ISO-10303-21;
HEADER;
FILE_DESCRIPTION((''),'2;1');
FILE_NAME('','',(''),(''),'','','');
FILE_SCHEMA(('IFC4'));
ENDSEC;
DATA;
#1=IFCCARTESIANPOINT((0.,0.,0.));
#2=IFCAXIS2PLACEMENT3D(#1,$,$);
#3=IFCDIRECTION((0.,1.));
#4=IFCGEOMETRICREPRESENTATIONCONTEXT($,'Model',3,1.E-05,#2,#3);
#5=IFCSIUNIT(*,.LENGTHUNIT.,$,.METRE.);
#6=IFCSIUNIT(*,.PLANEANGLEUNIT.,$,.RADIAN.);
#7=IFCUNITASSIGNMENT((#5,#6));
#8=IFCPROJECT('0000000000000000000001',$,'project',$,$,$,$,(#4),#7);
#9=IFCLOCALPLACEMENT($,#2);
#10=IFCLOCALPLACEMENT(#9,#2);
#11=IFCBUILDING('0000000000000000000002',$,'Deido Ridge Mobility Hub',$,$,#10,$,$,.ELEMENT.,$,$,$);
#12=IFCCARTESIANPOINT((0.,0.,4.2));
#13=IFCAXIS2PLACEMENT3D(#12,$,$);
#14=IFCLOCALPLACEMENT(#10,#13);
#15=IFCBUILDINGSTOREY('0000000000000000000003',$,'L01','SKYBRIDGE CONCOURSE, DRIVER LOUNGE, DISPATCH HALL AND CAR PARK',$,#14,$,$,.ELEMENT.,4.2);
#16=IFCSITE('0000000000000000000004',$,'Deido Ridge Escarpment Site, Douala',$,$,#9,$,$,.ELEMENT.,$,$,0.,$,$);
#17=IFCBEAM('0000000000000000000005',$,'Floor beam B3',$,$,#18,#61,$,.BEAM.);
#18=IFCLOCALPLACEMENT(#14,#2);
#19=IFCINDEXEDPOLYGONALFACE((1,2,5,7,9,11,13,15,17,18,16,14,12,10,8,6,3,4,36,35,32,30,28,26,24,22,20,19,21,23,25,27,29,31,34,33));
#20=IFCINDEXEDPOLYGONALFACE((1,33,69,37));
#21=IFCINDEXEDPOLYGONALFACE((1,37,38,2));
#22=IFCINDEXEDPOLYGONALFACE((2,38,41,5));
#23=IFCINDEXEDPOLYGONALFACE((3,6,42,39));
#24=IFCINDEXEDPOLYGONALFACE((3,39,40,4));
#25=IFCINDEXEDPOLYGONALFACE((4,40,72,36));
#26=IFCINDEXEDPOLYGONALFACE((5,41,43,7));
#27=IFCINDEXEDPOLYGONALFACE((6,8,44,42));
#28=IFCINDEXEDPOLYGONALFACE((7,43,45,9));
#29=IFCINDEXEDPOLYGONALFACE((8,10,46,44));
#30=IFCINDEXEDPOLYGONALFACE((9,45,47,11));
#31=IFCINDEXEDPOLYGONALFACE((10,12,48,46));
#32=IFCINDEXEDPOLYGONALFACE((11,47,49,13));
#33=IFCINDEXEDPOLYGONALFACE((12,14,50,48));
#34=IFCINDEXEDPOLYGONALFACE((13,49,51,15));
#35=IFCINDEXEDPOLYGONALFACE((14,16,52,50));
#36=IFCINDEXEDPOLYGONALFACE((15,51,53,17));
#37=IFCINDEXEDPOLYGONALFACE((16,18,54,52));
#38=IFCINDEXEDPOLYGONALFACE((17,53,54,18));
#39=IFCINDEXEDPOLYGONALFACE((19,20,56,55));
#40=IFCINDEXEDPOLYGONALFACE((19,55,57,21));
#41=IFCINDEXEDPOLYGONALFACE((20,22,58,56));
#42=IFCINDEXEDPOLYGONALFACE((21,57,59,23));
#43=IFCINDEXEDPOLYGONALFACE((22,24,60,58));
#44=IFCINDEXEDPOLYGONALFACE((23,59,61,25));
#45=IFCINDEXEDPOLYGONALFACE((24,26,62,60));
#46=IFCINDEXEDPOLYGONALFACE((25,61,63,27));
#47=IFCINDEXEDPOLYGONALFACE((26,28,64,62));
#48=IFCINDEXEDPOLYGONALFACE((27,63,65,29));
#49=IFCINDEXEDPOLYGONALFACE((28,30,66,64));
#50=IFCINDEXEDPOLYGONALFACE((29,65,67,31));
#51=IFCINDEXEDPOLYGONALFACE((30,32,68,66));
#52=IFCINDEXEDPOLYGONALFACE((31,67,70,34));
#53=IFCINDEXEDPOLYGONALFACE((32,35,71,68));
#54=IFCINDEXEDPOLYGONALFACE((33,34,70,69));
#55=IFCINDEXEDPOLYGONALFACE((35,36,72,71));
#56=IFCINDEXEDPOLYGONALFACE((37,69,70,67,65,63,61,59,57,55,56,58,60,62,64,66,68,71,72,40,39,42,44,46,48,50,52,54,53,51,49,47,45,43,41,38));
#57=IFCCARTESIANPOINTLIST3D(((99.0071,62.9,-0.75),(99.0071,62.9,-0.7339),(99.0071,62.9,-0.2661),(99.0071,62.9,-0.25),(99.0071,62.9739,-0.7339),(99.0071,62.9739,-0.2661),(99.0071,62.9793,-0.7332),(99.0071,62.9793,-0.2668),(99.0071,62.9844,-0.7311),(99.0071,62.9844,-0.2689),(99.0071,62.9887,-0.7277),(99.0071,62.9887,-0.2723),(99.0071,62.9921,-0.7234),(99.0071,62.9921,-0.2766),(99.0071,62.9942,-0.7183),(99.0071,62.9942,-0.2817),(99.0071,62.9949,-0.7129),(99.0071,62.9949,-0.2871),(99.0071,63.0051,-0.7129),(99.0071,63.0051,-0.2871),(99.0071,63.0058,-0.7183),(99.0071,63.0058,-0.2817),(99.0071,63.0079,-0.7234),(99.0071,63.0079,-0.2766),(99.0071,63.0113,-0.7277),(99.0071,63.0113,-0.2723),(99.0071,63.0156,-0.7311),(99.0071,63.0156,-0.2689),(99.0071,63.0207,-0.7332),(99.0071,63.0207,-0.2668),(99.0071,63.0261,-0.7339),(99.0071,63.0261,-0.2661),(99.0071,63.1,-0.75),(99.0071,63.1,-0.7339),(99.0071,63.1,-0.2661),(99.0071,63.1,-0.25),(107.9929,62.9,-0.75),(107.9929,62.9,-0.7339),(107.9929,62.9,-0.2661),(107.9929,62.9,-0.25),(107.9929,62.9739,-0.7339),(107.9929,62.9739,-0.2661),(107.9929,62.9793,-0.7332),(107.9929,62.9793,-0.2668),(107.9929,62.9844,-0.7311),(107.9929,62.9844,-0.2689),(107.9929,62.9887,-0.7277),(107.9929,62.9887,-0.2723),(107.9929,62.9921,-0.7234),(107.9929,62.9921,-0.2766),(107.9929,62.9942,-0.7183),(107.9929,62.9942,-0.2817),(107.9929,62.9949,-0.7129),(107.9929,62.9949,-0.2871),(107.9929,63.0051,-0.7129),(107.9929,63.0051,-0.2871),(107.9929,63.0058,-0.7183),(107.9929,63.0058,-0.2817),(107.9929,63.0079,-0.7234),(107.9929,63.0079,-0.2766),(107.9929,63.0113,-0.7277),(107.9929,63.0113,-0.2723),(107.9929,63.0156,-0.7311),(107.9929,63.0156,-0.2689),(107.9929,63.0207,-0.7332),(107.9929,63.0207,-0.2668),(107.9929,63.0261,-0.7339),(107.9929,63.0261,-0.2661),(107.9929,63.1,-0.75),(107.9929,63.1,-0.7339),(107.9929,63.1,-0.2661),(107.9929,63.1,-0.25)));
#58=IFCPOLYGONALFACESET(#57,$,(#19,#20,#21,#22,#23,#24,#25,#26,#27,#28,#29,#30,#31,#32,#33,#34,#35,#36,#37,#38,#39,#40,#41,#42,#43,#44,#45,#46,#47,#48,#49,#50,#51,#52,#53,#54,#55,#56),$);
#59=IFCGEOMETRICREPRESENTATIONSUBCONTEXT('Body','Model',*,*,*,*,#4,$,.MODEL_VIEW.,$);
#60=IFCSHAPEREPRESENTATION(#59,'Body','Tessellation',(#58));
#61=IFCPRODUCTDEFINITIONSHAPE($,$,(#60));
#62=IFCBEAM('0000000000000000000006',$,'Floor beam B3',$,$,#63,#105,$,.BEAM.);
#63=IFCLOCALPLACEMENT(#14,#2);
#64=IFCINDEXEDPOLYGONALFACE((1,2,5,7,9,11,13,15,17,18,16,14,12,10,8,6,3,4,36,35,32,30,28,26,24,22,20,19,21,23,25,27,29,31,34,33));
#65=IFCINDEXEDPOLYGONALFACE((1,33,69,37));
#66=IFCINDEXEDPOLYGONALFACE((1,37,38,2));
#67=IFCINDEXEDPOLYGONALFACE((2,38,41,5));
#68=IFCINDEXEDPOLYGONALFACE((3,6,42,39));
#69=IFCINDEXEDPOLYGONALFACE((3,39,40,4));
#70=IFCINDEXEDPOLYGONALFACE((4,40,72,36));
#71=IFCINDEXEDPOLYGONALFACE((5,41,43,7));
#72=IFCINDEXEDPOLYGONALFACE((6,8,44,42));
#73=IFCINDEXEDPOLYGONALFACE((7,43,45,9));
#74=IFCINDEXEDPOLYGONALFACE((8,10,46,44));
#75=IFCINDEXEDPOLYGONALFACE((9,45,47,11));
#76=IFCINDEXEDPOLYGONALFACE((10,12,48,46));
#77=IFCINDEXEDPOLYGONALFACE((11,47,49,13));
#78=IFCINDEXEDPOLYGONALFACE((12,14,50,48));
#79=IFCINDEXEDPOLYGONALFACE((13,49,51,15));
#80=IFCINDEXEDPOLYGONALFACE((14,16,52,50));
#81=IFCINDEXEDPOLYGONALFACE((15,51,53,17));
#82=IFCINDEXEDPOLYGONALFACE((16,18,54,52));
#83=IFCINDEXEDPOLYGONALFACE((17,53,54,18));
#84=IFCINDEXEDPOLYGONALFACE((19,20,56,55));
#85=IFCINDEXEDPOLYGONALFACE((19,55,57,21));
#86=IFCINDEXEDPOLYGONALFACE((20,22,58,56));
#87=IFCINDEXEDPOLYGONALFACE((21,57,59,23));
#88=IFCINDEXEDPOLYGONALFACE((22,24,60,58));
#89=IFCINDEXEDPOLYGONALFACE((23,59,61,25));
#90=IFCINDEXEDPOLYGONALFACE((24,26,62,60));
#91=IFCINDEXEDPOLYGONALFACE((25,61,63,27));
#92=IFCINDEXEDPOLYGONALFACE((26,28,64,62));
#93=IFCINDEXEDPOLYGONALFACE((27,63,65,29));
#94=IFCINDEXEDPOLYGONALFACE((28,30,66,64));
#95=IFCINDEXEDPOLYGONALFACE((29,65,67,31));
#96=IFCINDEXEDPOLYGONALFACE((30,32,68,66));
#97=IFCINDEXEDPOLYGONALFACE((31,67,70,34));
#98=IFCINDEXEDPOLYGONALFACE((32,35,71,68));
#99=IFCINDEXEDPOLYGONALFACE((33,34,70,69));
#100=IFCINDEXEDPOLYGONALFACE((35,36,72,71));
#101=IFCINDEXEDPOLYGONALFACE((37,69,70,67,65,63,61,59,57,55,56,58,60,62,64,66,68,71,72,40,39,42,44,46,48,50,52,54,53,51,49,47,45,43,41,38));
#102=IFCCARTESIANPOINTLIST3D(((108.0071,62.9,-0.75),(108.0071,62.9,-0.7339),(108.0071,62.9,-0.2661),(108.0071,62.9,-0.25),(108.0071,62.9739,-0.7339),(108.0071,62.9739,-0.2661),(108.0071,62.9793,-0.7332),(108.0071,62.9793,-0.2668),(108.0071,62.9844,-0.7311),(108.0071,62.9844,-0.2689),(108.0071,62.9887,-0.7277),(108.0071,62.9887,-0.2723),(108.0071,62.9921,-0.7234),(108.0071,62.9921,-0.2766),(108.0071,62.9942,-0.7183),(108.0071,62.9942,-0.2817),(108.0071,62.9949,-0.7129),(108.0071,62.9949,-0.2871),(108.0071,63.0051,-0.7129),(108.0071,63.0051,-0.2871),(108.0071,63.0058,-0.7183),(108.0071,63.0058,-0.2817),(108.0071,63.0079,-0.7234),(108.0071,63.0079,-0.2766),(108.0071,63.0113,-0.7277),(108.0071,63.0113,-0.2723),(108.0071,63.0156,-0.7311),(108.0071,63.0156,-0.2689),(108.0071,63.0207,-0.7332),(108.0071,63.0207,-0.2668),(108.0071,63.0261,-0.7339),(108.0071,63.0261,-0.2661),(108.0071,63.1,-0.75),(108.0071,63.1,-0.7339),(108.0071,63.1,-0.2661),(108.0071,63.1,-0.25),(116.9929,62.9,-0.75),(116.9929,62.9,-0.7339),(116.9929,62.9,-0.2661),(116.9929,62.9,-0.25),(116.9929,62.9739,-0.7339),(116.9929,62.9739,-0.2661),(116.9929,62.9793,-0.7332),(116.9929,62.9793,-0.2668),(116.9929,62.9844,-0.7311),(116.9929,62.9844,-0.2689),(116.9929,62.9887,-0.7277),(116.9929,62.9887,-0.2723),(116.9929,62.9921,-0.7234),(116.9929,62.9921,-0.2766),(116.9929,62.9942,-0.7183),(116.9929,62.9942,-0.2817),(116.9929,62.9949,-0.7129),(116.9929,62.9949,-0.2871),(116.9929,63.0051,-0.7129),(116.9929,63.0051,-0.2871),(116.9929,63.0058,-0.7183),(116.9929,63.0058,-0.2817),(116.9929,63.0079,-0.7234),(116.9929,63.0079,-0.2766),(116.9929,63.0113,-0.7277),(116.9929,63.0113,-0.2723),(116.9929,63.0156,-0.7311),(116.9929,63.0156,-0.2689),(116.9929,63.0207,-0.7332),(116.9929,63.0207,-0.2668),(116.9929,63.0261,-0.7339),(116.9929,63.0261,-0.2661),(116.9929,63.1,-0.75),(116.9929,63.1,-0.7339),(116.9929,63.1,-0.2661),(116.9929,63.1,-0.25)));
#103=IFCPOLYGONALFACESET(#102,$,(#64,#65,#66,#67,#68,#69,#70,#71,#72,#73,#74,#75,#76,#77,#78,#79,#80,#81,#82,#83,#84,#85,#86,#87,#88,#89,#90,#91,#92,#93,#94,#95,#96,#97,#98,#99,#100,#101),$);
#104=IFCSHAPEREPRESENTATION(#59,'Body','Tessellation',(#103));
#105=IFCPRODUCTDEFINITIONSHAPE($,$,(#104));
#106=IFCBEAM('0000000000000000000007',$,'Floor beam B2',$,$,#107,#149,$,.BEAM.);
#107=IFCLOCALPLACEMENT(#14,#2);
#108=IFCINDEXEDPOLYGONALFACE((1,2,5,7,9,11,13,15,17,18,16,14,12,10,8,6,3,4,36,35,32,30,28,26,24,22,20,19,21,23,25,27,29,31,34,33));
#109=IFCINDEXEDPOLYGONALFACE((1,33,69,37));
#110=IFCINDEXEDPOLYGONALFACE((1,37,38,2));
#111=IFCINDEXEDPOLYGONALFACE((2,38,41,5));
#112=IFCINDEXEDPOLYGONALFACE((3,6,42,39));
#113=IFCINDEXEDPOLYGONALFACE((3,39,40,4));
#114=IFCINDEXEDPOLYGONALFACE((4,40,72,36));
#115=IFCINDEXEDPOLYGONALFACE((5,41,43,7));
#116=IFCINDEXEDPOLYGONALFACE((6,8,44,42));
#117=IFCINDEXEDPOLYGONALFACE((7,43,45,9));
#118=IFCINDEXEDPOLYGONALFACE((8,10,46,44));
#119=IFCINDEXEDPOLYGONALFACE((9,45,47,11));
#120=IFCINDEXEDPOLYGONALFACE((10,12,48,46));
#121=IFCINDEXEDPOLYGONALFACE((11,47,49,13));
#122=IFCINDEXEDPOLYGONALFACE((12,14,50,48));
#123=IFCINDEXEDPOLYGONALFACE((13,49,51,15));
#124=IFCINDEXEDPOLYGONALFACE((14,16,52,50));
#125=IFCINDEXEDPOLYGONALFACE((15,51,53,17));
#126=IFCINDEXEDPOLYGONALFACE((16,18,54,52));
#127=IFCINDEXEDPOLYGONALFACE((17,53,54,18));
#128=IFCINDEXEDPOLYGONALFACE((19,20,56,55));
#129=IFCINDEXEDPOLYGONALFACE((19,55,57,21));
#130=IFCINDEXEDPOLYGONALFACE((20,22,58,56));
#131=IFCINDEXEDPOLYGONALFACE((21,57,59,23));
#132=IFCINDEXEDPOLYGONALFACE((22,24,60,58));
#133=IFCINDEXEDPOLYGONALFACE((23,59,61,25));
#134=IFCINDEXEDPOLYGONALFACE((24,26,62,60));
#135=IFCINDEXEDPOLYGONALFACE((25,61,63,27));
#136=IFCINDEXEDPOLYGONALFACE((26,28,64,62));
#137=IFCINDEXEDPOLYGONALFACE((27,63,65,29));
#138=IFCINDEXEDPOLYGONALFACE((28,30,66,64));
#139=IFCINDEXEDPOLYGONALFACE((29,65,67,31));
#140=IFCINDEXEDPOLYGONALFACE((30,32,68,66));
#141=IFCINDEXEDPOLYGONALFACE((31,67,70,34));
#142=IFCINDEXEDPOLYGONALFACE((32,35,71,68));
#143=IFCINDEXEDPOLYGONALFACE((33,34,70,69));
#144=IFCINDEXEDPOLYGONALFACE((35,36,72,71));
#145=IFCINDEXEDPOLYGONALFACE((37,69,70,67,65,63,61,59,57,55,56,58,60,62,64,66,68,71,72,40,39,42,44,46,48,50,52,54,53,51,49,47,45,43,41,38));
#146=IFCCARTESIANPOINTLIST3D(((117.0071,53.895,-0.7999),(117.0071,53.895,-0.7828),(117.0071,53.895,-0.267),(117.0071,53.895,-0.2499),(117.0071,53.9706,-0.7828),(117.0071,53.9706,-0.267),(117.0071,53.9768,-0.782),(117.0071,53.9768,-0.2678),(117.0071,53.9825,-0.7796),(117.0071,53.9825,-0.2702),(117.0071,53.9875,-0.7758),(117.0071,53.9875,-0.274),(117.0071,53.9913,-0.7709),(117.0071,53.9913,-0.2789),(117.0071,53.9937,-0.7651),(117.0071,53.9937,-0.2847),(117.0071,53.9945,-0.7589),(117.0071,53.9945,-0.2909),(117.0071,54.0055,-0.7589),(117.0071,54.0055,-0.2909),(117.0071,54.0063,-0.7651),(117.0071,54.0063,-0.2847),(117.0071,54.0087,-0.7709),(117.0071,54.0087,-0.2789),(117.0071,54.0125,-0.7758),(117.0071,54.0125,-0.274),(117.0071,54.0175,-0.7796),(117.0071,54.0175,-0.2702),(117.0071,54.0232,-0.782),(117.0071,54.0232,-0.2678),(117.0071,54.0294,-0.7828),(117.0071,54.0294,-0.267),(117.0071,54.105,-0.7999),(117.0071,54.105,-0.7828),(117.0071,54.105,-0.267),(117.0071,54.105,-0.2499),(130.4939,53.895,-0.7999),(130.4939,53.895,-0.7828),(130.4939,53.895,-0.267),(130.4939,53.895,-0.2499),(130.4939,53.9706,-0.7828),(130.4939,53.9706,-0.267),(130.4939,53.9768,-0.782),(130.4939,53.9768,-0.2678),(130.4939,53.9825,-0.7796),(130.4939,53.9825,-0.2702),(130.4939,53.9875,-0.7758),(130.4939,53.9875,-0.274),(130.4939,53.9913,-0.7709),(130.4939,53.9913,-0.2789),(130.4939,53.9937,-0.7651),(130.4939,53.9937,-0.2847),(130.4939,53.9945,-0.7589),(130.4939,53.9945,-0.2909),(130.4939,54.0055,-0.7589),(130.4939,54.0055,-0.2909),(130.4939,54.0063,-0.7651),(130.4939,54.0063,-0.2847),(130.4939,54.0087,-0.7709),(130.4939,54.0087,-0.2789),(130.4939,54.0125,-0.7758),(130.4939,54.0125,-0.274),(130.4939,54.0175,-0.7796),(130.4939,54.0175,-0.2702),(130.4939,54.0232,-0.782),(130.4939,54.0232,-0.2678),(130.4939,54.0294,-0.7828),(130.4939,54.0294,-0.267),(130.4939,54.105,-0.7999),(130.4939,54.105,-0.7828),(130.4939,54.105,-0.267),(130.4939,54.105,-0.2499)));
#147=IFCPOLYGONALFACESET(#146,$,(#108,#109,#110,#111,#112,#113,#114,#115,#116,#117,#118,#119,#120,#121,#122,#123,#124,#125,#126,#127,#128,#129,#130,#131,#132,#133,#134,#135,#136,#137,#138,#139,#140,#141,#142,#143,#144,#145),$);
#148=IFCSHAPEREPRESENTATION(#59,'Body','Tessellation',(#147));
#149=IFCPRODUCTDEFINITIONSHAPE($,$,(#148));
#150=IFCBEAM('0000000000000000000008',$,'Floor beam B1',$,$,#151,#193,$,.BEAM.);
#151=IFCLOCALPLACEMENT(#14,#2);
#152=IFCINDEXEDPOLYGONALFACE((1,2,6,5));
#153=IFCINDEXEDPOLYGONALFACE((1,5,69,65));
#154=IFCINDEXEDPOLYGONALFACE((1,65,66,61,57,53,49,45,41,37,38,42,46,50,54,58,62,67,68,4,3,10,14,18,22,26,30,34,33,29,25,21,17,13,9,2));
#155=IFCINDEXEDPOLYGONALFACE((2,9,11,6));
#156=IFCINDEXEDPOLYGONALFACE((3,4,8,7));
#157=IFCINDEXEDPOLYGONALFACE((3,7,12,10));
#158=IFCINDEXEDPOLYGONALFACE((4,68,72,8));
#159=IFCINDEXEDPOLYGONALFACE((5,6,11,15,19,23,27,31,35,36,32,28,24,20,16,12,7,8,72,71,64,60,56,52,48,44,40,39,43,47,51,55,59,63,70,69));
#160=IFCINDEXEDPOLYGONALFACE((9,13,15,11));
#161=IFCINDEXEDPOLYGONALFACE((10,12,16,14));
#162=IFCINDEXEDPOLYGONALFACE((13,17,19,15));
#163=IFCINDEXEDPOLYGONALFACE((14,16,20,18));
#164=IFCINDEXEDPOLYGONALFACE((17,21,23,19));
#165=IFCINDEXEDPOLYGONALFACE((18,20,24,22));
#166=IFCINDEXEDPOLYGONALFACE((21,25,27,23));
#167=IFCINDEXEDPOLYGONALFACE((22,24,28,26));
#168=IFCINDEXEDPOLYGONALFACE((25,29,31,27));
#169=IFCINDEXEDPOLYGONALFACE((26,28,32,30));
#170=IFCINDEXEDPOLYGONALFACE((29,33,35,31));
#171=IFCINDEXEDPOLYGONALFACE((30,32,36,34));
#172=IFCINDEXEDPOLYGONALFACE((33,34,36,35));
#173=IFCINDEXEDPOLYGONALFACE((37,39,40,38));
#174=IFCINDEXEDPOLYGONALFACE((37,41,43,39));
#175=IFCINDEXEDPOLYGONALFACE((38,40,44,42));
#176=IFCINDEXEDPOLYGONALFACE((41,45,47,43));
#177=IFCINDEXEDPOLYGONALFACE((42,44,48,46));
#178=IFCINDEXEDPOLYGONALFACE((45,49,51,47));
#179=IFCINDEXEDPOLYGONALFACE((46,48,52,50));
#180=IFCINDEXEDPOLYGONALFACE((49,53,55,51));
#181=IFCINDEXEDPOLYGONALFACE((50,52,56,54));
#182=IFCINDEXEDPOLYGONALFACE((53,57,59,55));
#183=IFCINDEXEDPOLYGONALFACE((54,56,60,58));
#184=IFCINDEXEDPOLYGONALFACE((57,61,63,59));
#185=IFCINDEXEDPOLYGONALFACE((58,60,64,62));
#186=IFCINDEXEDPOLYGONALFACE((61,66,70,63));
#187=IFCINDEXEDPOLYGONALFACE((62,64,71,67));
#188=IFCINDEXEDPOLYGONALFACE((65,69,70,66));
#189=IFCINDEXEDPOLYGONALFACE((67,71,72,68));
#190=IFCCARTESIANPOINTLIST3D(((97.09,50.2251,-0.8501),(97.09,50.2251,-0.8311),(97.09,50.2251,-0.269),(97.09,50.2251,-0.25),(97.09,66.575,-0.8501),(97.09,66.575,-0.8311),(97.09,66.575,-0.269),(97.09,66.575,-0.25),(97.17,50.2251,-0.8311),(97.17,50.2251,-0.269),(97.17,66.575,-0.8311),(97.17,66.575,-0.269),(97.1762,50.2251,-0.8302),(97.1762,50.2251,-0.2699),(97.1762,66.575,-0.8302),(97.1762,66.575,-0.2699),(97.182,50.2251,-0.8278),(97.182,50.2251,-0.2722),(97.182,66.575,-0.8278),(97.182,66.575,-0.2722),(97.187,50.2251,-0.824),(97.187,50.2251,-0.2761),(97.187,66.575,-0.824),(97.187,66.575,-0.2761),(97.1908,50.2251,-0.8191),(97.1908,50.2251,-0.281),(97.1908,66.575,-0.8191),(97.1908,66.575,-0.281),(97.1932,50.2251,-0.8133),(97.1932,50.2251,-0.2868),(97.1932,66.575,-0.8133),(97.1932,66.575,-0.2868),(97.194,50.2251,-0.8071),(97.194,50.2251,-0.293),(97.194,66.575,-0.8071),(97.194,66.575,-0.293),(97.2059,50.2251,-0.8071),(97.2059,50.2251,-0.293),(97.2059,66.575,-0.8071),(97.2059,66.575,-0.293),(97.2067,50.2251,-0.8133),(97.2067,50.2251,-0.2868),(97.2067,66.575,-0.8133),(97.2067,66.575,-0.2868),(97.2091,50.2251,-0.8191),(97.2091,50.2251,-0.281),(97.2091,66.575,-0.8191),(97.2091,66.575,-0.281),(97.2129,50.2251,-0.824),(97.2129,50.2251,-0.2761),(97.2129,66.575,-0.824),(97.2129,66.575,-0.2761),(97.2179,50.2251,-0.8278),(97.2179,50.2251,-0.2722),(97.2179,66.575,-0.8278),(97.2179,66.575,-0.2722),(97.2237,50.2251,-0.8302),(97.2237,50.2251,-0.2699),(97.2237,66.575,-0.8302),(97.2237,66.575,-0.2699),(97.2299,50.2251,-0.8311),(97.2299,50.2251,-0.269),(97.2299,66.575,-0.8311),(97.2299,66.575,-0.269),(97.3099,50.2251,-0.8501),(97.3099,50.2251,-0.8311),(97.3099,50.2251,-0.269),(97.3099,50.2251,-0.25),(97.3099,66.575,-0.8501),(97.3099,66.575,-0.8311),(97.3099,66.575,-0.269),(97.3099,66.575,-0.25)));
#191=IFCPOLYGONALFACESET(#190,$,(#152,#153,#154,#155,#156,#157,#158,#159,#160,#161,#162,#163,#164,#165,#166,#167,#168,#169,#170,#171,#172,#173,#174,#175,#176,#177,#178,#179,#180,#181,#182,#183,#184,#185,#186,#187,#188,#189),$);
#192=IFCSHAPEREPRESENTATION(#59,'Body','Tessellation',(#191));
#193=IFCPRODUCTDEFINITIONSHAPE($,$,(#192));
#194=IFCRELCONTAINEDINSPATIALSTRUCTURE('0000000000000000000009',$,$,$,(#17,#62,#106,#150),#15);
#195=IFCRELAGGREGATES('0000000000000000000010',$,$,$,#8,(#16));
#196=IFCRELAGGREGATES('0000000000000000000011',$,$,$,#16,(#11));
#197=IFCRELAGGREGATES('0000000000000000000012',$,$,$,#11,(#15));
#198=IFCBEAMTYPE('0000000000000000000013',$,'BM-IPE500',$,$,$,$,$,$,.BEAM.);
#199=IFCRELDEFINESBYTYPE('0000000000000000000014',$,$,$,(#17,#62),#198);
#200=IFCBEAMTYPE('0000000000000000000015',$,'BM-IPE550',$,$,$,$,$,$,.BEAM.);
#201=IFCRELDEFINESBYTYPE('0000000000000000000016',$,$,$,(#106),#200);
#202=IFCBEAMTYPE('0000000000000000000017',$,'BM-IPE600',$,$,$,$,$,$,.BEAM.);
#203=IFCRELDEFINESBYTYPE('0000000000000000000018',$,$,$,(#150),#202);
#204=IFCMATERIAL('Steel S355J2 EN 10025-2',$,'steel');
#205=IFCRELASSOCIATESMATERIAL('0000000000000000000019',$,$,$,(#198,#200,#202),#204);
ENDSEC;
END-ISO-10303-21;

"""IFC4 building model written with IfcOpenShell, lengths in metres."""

from ifc_helpers import new_model, si_unit, direction, frame, origin, origin_2d, place, context, subcontext, project, spatial, i_section, extrude, material, material_profile, profile_set, type_object, element, save


model = new_model("IFC4")

# Units and contexts
model_context = context("Model", 3, precision=1e-05, world=origin(), true_north=direction((0.0, 1.0)))
body_context = subcontext(model_context, "Body", "Model", "MODEL_VIEW")
ifc_project = project(units=[si_unit("LENGTHUNIT", "METRE"), si_unit("PLANEANGLEUNIT", "RADIAN")], contexts=[model_context])

# Site, building, storey
site_placement = place(None, origin())
site = spatial("IfcSite", under=ifc_project, at=site_placement, Name="Deido Ridge Escarpment Site, Douala", CompositionType="ELEMENT", RefElevation=0.0)
building_placement = place(site_placement, origin())
building = spatial("IfcBuilding", under=site, at=building_placement, Name="Deido Ridge Mobility Hub", CompositionType="ELEMENT")
storey_placement = place(building_placement, frame((0.0, 0.0, 4.2)))
storey = spatial("IfcBuildingStorey", under=building, at=storey_placement, Name="L01", Description="SKYBRIDGE CONCOURSE, DRIVER LOUNGE, DISPATCH HALL AND CAR PARK", CompositionType="ELEMENT", Elevation=4.2)

# Shared definitions
ifc_material_1 = material(Name="Steel S355J2 EN 10025-2", Category="steel")

# Beams
ifc_material_profile_1 = material_profile(ifc_material_1, i_section(OverallWidth=0.2, OverallDepth=0.5, WebThickness=0.0103, FlangeThickness=0.0161, FilletRadius=0.021, at=origin_2d()), Name="IPE 500")
ifc_profile_set_1 = profile_set([ifc_material_profile_1], Name="Steel S355J2 EN 10025-2")
beam_type_1 = type_object("IfcBeamType", Name="BM-IPE500", PredefinedType="BEAM", material=ifc_profile_set_1)
for number, where, z_axis, x_axis, name in (
    (1, (99.0071, 63.0, -0.5), (1.0, 0.0, 0.0), (0.0, 1.0, 0.0), "Floor beam B3"),
    (2, (108.0071, 63.0, -0.5), (1.0, 0.0, 0.0), (0.0, 1.0, 0.0), "Floor beam B3"),
):
    element("IfcBeam", number, at=place(storey_placement, frame(where, z_axis=z_axis, x_axis=x_axis)), inside=storey, type_object=beam_type_1, Name=name, PredefinedType="BEAM", context=body_context, shape_type="SweptSolid", body=[
        extrude(i_section(OverallWidth=0.2, OverallDepth=0.5, WebThickness=0.0103, FlangeThickness=0.0161, FilletRadius=0.021, at=origin_2d()), origin(), (0.0, 0.0, 1.0), 8.9858),
    ])
ifc_material_profile_2 = material_profile(ifc_material_1, i_section(OverallWidth=0.21, OverallDepth=0.55, WebThickness=0.011, FlangeThickness=0.0171, FilletRadius=0.0239, at=origin_2d()), Name="IPE 550")
ifc_profile_set_2 = profile_set([ifc_material_profile_2], Name="Steel S355J2 EN 10025-2")
beam_type_2 = type_object("IfcBeamType", Name="BM-IPE550", PredefinedType="BEAM", material=ifc_profile_set_2)
beam_1_placement = place(storey_placement, frame((117.0071, 54.0, -0.5249), z_axis=(1.0, 0.0, 0.0), x_axis=(0.0, 1.0, 0.0)))
element("IfcBeam", 3, at=beam_1_placement, inside=storey, type_object=beam_type_2, Name="Floor beam B2", PredefinedType="BEAM", context=body_context, shape_type="SweptSolid", body=[
    extrude(i_section(OverallWidth=0.21, OverallDepth=0.55, WebThickness=0.011, FlangeThickness=0.0171, FilletRadius=0.0239, at=origin_2d()), origin(), (0.0, 0.0, 1.0), 13.4868),
])
ifc_material_profile_3 = material_profile(ifc_material_1, i_section(OverallWidth=0.22, OverallDepth=0.6001, WebThickness=0.012, FlangeThickness=0.019, FilletRadius=0.0239, at=origin_2d()), Name="IPE 600")
ifc_profile_set_3 = profile_set([ifc_material_profile_3], Name="Steel S355J2 EN 10025-2")
beam_type_3 = type_object("IfcBeamType", Name="BM-IPE600", PredefinedType="BEAM", material=ifc_profile_set_3)
beam_2_placement = place(storey_placement, frame((97.2, 50.2251, -0.55), z_axis=(0.0, 1.0, 0.0), x_axis=(-1.0, 0.0, 0.0)))
element("IfcBeam", 4, at=beam_2_placement, inside=storey, type_object=beam_type_3, Name="Floor beam B1", PredefinedType="BEAM", context=body_context, shape_type="SweptSolid", body=[
    extrude(i_section(OverallWidth=0.22, OverallDepth=0.6001, WebThickness=0.012, FlangeThickness=0.019, FilletRadius=0.0239, at=origin_2d()), origin(), (0.0, 0.0, 1.0), 16.3499),
])

save(model, "model.ifc")
